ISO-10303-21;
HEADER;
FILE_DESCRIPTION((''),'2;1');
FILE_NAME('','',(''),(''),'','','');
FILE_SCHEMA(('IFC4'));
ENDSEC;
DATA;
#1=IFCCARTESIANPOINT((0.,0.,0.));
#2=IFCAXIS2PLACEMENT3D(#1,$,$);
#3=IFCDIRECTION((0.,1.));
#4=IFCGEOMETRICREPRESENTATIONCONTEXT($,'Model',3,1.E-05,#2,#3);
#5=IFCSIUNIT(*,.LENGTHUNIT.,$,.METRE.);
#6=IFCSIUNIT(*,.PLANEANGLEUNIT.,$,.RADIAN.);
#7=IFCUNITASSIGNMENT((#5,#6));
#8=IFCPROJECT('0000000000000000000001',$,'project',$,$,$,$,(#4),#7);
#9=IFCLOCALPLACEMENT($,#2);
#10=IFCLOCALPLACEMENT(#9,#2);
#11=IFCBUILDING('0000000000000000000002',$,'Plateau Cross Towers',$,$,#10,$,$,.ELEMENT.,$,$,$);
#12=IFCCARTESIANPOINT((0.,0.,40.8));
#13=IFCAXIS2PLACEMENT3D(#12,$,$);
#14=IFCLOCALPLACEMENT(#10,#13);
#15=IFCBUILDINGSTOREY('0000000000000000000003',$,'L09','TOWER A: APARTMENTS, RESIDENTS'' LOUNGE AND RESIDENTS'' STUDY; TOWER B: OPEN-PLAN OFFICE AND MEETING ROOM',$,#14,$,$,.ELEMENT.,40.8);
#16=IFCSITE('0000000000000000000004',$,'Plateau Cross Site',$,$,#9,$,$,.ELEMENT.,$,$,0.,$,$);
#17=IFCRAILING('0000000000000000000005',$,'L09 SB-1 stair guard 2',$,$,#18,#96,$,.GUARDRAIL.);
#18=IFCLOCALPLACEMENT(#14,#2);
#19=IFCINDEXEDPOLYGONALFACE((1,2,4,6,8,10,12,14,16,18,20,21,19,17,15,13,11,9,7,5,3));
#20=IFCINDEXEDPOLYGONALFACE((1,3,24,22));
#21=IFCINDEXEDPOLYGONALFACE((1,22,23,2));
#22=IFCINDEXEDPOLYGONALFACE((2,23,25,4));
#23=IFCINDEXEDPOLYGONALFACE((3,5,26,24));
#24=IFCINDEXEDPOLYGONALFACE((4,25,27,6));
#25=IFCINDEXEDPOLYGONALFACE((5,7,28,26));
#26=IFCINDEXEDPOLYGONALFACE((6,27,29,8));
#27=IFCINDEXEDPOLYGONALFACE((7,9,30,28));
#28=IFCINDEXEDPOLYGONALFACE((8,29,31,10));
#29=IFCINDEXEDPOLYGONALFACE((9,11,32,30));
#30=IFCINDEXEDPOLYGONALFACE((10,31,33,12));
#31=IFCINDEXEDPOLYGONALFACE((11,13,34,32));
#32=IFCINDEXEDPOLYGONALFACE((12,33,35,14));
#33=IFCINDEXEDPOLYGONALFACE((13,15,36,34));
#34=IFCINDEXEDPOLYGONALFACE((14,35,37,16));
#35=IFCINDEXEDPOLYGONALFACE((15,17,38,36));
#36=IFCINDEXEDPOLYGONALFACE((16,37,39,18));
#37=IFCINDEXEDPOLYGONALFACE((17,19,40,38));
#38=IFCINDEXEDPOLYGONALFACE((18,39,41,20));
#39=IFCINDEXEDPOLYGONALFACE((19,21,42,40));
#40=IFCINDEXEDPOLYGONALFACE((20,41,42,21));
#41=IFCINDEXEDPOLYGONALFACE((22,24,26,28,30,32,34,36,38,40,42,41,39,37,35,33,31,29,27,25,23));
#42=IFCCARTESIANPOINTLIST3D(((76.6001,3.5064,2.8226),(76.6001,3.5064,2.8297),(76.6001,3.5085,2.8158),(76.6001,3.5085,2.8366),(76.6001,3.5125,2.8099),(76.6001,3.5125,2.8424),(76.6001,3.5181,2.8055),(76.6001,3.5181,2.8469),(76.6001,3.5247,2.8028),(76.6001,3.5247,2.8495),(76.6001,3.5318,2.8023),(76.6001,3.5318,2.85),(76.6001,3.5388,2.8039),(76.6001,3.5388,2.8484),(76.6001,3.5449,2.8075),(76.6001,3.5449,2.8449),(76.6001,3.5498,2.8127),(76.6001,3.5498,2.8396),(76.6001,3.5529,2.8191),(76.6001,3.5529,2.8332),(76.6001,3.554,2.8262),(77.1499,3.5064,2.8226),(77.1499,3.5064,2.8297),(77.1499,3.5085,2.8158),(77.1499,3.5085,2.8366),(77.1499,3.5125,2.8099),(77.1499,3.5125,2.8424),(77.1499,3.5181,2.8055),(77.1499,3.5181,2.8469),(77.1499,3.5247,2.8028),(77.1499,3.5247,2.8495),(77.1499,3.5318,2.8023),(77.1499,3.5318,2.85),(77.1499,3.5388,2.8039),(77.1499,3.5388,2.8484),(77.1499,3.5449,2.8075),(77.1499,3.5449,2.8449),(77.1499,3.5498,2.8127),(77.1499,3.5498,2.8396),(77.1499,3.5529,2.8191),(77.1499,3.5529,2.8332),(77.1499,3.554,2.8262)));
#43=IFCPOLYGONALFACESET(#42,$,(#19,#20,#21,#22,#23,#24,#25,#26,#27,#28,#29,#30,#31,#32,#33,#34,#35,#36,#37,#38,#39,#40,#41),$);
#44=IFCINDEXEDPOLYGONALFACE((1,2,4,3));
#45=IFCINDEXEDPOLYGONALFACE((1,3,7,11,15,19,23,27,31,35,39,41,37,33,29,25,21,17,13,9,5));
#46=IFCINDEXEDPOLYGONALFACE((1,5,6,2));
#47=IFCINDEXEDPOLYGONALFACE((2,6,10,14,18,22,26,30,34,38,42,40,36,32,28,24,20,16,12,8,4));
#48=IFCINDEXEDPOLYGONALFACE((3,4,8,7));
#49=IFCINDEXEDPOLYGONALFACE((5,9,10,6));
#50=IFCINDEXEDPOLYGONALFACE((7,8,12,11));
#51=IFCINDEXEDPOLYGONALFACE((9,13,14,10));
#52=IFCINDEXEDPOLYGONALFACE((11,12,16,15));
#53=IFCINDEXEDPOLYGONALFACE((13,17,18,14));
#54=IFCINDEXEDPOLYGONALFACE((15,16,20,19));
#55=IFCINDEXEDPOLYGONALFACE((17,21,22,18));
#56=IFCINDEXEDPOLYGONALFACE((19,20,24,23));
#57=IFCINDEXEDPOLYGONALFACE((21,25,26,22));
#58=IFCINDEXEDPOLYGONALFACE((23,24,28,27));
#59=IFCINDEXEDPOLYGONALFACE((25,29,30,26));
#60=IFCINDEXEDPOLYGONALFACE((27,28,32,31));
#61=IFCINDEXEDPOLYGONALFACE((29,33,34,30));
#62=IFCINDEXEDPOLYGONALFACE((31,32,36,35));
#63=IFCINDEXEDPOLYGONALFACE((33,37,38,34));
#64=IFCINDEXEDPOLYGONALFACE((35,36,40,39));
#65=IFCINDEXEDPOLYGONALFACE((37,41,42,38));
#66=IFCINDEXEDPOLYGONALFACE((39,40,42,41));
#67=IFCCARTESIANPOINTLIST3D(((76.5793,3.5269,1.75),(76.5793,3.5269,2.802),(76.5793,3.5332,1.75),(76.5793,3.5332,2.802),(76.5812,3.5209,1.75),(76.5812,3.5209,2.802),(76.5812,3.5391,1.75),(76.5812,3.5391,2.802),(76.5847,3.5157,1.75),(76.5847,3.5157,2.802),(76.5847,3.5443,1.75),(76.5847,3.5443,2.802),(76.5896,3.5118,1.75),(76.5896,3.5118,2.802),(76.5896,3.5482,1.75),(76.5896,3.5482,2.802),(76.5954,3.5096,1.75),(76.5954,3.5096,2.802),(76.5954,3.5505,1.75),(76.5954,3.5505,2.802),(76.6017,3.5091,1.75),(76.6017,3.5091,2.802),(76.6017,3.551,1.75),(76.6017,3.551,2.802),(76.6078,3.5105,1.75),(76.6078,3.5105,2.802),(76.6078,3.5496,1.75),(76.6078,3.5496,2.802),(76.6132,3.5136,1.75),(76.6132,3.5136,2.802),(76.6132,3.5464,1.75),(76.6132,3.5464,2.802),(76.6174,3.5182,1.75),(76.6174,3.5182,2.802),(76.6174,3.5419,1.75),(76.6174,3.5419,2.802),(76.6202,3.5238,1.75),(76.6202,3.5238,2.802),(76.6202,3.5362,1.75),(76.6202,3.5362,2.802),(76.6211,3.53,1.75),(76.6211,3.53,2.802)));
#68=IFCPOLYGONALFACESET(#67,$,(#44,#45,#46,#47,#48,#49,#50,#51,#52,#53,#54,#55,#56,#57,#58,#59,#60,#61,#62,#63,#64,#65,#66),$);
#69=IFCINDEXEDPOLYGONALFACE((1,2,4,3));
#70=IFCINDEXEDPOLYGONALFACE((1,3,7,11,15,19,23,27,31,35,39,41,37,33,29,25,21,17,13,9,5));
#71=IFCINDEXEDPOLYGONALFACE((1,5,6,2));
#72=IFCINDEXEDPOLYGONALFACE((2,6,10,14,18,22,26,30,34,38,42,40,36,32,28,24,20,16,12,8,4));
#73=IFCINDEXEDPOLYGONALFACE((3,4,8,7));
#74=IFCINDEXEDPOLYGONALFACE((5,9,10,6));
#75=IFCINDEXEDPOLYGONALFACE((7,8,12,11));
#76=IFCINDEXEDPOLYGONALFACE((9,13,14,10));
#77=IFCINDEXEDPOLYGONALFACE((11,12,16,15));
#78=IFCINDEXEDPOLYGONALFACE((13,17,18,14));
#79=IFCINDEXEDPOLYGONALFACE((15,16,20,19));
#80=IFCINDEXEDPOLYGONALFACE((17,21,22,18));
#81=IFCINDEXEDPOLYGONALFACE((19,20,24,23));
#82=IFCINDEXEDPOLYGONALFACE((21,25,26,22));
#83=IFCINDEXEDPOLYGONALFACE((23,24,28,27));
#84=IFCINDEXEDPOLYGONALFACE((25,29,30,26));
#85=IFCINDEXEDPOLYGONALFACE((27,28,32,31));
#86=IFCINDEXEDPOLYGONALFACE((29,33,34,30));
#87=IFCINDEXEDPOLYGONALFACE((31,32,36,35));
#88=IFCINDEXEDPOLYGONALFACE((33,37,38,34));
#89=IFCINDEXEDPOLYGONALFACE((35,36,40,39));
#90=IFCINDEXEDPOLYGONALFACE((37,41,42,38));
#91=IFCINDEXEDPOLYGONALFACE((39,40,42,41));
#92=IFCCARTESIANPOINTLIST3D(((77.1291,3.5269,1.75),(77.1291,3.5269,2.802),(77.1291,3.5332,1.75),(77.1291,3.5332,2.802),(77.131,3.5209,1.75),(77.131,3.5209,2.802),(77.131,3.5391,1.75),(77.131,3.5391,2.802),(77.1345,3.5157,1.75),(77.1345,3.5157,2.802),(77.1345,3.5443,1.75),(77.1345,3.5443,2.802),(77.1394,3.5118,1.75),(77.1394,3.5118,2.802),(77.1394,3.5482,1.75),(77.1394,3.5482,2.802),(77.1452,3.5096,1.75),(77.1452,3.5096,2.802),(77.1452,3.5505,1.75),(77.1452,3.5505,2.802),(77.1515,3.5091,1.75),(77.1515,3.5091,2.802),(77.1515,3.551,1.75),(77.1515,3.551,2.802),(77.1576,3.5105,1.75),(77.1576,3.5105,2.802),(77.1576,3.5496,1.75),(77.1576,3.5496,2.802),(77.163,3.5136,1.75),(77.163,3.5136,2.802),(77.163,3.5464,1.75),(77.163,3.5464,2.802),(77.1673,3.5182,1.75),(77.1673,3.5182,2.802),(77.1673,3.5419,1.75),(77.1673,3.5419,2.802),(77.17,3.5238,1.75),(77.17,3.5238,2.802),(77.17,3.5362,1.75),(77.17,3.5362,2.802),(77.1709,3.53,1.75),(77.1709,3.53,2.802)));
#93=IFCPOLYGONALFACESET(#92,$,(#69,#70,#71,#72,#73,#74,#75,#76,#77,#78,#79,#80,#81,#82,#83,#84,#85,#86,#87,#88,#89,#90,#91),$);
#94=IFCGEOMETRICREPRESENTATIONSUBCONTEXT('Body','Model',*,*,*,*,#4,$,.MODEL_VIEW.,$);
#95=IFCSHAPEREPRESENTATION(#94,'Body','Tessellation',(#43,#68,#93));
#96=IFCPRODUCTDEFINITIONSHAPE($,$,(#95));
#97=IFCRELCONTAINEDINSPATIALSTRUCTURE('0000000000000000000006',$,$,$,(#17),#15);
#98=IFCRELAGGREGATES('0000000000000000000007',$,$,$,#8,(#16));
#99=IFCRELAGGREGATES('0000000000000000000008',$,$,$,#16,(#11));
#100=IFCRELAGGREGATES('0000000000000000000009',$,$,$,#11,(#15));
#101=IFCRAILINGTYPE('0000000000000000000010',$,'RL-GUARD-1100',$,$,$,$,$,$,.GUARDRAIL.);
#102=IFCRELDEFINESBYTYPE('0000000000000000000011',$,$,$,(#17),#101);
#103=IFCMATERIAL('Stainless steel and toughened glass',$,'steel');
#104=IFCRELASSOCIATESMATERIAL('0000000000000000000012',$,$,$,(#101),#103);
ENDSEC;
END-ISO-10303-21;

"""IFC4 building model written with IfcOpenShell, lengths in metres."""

from ifc_helpers import new_model, si_unit, direction, frame, origin, origin_2d, place, context, subcontext, project, spatial, circle, extrude, material, type_object, element, save


model = new_model("IFC4")

# Units and contexts
model_context = context("Model", 3, precision=1e-05, world=origin(), true_north=direction((0.0, 1.0)))
body_context = subcontext(model_context, "Body", "Model", "MODEL_VIEW")
ifc_project = project(units=[si_unit("LENGTHUNIT", "METRE"), si_unit("PLANEANGLEUNIT", "RADIAN")], contexts=[model_context])

# Site, building, storey
site_placement = place(None, origin())
site = spatial("IfcSite", under=ifc_project, at=site_placement, Name="Plateau Cross Site", CompositionType="ELEMENT", RefElevation=0.0)
building_placement = place(site_placement, origin())
building = spatial("IfcBuilding", under=site, at=building_placement, Name="Plateau Cross Towers", CompositionType="ELEMENT")
storey_placement = place(building_placement, frame((0.0, 0.0, 40.8)))
storey = spatial("IfcBuildingStorey", under=building, at=storey_placement, Name="L09", Description="TOWER A: APARTMENTS, RESIDENTS' LOUNGE AND RESIDENTS' STUDY; TOWER B: OPEN-PLAN OFFICE AND MEETING ROOM", CompositionType="ELEMENT", Elevation=40.8)

# Railing
ifc_material_1 = material(Name="Stainless steel and toughened glass", Category="steel")
railing_type_1 = type_object("IfcRailingType", Name="RL-GUARD-1100", PredefinedType="GUARDRAIL", material=ifc_material_1)
railing_1_placement = place(storey_placement, frame((76.6001, 3.53, 1.75)))
element("IfcRailing", 1, at=railing_1_placement, inside=storey, type_object=railing_type_1, Name="L09 SB-1 stair guard 2", PredefinedType="GUARDRAIL", context=body_context, shape_type="SweptSolid", body=[
    extrude(circle(Radius=0.0239, at=origin_2d()), frame((0.0, 0.0, 1.0762), z_axis=(1.0, 0.0, 0.0), x_axis=(0.0, 1.0, 0.0)), (0.0, 0.0, 1.0), 0.5498),
    extrude(circle(Radius=0.021, at=origin_2d()), origin(), (0.0, 0.0, 1.0), 1.052),
    extrude(circle(Radius=0.021, at=origin_2d()), frame((0.5498, 0.0, 0.0)), (0.0, 0.0, 1.0), 1.052),
])

save(model, "model.ifc")
